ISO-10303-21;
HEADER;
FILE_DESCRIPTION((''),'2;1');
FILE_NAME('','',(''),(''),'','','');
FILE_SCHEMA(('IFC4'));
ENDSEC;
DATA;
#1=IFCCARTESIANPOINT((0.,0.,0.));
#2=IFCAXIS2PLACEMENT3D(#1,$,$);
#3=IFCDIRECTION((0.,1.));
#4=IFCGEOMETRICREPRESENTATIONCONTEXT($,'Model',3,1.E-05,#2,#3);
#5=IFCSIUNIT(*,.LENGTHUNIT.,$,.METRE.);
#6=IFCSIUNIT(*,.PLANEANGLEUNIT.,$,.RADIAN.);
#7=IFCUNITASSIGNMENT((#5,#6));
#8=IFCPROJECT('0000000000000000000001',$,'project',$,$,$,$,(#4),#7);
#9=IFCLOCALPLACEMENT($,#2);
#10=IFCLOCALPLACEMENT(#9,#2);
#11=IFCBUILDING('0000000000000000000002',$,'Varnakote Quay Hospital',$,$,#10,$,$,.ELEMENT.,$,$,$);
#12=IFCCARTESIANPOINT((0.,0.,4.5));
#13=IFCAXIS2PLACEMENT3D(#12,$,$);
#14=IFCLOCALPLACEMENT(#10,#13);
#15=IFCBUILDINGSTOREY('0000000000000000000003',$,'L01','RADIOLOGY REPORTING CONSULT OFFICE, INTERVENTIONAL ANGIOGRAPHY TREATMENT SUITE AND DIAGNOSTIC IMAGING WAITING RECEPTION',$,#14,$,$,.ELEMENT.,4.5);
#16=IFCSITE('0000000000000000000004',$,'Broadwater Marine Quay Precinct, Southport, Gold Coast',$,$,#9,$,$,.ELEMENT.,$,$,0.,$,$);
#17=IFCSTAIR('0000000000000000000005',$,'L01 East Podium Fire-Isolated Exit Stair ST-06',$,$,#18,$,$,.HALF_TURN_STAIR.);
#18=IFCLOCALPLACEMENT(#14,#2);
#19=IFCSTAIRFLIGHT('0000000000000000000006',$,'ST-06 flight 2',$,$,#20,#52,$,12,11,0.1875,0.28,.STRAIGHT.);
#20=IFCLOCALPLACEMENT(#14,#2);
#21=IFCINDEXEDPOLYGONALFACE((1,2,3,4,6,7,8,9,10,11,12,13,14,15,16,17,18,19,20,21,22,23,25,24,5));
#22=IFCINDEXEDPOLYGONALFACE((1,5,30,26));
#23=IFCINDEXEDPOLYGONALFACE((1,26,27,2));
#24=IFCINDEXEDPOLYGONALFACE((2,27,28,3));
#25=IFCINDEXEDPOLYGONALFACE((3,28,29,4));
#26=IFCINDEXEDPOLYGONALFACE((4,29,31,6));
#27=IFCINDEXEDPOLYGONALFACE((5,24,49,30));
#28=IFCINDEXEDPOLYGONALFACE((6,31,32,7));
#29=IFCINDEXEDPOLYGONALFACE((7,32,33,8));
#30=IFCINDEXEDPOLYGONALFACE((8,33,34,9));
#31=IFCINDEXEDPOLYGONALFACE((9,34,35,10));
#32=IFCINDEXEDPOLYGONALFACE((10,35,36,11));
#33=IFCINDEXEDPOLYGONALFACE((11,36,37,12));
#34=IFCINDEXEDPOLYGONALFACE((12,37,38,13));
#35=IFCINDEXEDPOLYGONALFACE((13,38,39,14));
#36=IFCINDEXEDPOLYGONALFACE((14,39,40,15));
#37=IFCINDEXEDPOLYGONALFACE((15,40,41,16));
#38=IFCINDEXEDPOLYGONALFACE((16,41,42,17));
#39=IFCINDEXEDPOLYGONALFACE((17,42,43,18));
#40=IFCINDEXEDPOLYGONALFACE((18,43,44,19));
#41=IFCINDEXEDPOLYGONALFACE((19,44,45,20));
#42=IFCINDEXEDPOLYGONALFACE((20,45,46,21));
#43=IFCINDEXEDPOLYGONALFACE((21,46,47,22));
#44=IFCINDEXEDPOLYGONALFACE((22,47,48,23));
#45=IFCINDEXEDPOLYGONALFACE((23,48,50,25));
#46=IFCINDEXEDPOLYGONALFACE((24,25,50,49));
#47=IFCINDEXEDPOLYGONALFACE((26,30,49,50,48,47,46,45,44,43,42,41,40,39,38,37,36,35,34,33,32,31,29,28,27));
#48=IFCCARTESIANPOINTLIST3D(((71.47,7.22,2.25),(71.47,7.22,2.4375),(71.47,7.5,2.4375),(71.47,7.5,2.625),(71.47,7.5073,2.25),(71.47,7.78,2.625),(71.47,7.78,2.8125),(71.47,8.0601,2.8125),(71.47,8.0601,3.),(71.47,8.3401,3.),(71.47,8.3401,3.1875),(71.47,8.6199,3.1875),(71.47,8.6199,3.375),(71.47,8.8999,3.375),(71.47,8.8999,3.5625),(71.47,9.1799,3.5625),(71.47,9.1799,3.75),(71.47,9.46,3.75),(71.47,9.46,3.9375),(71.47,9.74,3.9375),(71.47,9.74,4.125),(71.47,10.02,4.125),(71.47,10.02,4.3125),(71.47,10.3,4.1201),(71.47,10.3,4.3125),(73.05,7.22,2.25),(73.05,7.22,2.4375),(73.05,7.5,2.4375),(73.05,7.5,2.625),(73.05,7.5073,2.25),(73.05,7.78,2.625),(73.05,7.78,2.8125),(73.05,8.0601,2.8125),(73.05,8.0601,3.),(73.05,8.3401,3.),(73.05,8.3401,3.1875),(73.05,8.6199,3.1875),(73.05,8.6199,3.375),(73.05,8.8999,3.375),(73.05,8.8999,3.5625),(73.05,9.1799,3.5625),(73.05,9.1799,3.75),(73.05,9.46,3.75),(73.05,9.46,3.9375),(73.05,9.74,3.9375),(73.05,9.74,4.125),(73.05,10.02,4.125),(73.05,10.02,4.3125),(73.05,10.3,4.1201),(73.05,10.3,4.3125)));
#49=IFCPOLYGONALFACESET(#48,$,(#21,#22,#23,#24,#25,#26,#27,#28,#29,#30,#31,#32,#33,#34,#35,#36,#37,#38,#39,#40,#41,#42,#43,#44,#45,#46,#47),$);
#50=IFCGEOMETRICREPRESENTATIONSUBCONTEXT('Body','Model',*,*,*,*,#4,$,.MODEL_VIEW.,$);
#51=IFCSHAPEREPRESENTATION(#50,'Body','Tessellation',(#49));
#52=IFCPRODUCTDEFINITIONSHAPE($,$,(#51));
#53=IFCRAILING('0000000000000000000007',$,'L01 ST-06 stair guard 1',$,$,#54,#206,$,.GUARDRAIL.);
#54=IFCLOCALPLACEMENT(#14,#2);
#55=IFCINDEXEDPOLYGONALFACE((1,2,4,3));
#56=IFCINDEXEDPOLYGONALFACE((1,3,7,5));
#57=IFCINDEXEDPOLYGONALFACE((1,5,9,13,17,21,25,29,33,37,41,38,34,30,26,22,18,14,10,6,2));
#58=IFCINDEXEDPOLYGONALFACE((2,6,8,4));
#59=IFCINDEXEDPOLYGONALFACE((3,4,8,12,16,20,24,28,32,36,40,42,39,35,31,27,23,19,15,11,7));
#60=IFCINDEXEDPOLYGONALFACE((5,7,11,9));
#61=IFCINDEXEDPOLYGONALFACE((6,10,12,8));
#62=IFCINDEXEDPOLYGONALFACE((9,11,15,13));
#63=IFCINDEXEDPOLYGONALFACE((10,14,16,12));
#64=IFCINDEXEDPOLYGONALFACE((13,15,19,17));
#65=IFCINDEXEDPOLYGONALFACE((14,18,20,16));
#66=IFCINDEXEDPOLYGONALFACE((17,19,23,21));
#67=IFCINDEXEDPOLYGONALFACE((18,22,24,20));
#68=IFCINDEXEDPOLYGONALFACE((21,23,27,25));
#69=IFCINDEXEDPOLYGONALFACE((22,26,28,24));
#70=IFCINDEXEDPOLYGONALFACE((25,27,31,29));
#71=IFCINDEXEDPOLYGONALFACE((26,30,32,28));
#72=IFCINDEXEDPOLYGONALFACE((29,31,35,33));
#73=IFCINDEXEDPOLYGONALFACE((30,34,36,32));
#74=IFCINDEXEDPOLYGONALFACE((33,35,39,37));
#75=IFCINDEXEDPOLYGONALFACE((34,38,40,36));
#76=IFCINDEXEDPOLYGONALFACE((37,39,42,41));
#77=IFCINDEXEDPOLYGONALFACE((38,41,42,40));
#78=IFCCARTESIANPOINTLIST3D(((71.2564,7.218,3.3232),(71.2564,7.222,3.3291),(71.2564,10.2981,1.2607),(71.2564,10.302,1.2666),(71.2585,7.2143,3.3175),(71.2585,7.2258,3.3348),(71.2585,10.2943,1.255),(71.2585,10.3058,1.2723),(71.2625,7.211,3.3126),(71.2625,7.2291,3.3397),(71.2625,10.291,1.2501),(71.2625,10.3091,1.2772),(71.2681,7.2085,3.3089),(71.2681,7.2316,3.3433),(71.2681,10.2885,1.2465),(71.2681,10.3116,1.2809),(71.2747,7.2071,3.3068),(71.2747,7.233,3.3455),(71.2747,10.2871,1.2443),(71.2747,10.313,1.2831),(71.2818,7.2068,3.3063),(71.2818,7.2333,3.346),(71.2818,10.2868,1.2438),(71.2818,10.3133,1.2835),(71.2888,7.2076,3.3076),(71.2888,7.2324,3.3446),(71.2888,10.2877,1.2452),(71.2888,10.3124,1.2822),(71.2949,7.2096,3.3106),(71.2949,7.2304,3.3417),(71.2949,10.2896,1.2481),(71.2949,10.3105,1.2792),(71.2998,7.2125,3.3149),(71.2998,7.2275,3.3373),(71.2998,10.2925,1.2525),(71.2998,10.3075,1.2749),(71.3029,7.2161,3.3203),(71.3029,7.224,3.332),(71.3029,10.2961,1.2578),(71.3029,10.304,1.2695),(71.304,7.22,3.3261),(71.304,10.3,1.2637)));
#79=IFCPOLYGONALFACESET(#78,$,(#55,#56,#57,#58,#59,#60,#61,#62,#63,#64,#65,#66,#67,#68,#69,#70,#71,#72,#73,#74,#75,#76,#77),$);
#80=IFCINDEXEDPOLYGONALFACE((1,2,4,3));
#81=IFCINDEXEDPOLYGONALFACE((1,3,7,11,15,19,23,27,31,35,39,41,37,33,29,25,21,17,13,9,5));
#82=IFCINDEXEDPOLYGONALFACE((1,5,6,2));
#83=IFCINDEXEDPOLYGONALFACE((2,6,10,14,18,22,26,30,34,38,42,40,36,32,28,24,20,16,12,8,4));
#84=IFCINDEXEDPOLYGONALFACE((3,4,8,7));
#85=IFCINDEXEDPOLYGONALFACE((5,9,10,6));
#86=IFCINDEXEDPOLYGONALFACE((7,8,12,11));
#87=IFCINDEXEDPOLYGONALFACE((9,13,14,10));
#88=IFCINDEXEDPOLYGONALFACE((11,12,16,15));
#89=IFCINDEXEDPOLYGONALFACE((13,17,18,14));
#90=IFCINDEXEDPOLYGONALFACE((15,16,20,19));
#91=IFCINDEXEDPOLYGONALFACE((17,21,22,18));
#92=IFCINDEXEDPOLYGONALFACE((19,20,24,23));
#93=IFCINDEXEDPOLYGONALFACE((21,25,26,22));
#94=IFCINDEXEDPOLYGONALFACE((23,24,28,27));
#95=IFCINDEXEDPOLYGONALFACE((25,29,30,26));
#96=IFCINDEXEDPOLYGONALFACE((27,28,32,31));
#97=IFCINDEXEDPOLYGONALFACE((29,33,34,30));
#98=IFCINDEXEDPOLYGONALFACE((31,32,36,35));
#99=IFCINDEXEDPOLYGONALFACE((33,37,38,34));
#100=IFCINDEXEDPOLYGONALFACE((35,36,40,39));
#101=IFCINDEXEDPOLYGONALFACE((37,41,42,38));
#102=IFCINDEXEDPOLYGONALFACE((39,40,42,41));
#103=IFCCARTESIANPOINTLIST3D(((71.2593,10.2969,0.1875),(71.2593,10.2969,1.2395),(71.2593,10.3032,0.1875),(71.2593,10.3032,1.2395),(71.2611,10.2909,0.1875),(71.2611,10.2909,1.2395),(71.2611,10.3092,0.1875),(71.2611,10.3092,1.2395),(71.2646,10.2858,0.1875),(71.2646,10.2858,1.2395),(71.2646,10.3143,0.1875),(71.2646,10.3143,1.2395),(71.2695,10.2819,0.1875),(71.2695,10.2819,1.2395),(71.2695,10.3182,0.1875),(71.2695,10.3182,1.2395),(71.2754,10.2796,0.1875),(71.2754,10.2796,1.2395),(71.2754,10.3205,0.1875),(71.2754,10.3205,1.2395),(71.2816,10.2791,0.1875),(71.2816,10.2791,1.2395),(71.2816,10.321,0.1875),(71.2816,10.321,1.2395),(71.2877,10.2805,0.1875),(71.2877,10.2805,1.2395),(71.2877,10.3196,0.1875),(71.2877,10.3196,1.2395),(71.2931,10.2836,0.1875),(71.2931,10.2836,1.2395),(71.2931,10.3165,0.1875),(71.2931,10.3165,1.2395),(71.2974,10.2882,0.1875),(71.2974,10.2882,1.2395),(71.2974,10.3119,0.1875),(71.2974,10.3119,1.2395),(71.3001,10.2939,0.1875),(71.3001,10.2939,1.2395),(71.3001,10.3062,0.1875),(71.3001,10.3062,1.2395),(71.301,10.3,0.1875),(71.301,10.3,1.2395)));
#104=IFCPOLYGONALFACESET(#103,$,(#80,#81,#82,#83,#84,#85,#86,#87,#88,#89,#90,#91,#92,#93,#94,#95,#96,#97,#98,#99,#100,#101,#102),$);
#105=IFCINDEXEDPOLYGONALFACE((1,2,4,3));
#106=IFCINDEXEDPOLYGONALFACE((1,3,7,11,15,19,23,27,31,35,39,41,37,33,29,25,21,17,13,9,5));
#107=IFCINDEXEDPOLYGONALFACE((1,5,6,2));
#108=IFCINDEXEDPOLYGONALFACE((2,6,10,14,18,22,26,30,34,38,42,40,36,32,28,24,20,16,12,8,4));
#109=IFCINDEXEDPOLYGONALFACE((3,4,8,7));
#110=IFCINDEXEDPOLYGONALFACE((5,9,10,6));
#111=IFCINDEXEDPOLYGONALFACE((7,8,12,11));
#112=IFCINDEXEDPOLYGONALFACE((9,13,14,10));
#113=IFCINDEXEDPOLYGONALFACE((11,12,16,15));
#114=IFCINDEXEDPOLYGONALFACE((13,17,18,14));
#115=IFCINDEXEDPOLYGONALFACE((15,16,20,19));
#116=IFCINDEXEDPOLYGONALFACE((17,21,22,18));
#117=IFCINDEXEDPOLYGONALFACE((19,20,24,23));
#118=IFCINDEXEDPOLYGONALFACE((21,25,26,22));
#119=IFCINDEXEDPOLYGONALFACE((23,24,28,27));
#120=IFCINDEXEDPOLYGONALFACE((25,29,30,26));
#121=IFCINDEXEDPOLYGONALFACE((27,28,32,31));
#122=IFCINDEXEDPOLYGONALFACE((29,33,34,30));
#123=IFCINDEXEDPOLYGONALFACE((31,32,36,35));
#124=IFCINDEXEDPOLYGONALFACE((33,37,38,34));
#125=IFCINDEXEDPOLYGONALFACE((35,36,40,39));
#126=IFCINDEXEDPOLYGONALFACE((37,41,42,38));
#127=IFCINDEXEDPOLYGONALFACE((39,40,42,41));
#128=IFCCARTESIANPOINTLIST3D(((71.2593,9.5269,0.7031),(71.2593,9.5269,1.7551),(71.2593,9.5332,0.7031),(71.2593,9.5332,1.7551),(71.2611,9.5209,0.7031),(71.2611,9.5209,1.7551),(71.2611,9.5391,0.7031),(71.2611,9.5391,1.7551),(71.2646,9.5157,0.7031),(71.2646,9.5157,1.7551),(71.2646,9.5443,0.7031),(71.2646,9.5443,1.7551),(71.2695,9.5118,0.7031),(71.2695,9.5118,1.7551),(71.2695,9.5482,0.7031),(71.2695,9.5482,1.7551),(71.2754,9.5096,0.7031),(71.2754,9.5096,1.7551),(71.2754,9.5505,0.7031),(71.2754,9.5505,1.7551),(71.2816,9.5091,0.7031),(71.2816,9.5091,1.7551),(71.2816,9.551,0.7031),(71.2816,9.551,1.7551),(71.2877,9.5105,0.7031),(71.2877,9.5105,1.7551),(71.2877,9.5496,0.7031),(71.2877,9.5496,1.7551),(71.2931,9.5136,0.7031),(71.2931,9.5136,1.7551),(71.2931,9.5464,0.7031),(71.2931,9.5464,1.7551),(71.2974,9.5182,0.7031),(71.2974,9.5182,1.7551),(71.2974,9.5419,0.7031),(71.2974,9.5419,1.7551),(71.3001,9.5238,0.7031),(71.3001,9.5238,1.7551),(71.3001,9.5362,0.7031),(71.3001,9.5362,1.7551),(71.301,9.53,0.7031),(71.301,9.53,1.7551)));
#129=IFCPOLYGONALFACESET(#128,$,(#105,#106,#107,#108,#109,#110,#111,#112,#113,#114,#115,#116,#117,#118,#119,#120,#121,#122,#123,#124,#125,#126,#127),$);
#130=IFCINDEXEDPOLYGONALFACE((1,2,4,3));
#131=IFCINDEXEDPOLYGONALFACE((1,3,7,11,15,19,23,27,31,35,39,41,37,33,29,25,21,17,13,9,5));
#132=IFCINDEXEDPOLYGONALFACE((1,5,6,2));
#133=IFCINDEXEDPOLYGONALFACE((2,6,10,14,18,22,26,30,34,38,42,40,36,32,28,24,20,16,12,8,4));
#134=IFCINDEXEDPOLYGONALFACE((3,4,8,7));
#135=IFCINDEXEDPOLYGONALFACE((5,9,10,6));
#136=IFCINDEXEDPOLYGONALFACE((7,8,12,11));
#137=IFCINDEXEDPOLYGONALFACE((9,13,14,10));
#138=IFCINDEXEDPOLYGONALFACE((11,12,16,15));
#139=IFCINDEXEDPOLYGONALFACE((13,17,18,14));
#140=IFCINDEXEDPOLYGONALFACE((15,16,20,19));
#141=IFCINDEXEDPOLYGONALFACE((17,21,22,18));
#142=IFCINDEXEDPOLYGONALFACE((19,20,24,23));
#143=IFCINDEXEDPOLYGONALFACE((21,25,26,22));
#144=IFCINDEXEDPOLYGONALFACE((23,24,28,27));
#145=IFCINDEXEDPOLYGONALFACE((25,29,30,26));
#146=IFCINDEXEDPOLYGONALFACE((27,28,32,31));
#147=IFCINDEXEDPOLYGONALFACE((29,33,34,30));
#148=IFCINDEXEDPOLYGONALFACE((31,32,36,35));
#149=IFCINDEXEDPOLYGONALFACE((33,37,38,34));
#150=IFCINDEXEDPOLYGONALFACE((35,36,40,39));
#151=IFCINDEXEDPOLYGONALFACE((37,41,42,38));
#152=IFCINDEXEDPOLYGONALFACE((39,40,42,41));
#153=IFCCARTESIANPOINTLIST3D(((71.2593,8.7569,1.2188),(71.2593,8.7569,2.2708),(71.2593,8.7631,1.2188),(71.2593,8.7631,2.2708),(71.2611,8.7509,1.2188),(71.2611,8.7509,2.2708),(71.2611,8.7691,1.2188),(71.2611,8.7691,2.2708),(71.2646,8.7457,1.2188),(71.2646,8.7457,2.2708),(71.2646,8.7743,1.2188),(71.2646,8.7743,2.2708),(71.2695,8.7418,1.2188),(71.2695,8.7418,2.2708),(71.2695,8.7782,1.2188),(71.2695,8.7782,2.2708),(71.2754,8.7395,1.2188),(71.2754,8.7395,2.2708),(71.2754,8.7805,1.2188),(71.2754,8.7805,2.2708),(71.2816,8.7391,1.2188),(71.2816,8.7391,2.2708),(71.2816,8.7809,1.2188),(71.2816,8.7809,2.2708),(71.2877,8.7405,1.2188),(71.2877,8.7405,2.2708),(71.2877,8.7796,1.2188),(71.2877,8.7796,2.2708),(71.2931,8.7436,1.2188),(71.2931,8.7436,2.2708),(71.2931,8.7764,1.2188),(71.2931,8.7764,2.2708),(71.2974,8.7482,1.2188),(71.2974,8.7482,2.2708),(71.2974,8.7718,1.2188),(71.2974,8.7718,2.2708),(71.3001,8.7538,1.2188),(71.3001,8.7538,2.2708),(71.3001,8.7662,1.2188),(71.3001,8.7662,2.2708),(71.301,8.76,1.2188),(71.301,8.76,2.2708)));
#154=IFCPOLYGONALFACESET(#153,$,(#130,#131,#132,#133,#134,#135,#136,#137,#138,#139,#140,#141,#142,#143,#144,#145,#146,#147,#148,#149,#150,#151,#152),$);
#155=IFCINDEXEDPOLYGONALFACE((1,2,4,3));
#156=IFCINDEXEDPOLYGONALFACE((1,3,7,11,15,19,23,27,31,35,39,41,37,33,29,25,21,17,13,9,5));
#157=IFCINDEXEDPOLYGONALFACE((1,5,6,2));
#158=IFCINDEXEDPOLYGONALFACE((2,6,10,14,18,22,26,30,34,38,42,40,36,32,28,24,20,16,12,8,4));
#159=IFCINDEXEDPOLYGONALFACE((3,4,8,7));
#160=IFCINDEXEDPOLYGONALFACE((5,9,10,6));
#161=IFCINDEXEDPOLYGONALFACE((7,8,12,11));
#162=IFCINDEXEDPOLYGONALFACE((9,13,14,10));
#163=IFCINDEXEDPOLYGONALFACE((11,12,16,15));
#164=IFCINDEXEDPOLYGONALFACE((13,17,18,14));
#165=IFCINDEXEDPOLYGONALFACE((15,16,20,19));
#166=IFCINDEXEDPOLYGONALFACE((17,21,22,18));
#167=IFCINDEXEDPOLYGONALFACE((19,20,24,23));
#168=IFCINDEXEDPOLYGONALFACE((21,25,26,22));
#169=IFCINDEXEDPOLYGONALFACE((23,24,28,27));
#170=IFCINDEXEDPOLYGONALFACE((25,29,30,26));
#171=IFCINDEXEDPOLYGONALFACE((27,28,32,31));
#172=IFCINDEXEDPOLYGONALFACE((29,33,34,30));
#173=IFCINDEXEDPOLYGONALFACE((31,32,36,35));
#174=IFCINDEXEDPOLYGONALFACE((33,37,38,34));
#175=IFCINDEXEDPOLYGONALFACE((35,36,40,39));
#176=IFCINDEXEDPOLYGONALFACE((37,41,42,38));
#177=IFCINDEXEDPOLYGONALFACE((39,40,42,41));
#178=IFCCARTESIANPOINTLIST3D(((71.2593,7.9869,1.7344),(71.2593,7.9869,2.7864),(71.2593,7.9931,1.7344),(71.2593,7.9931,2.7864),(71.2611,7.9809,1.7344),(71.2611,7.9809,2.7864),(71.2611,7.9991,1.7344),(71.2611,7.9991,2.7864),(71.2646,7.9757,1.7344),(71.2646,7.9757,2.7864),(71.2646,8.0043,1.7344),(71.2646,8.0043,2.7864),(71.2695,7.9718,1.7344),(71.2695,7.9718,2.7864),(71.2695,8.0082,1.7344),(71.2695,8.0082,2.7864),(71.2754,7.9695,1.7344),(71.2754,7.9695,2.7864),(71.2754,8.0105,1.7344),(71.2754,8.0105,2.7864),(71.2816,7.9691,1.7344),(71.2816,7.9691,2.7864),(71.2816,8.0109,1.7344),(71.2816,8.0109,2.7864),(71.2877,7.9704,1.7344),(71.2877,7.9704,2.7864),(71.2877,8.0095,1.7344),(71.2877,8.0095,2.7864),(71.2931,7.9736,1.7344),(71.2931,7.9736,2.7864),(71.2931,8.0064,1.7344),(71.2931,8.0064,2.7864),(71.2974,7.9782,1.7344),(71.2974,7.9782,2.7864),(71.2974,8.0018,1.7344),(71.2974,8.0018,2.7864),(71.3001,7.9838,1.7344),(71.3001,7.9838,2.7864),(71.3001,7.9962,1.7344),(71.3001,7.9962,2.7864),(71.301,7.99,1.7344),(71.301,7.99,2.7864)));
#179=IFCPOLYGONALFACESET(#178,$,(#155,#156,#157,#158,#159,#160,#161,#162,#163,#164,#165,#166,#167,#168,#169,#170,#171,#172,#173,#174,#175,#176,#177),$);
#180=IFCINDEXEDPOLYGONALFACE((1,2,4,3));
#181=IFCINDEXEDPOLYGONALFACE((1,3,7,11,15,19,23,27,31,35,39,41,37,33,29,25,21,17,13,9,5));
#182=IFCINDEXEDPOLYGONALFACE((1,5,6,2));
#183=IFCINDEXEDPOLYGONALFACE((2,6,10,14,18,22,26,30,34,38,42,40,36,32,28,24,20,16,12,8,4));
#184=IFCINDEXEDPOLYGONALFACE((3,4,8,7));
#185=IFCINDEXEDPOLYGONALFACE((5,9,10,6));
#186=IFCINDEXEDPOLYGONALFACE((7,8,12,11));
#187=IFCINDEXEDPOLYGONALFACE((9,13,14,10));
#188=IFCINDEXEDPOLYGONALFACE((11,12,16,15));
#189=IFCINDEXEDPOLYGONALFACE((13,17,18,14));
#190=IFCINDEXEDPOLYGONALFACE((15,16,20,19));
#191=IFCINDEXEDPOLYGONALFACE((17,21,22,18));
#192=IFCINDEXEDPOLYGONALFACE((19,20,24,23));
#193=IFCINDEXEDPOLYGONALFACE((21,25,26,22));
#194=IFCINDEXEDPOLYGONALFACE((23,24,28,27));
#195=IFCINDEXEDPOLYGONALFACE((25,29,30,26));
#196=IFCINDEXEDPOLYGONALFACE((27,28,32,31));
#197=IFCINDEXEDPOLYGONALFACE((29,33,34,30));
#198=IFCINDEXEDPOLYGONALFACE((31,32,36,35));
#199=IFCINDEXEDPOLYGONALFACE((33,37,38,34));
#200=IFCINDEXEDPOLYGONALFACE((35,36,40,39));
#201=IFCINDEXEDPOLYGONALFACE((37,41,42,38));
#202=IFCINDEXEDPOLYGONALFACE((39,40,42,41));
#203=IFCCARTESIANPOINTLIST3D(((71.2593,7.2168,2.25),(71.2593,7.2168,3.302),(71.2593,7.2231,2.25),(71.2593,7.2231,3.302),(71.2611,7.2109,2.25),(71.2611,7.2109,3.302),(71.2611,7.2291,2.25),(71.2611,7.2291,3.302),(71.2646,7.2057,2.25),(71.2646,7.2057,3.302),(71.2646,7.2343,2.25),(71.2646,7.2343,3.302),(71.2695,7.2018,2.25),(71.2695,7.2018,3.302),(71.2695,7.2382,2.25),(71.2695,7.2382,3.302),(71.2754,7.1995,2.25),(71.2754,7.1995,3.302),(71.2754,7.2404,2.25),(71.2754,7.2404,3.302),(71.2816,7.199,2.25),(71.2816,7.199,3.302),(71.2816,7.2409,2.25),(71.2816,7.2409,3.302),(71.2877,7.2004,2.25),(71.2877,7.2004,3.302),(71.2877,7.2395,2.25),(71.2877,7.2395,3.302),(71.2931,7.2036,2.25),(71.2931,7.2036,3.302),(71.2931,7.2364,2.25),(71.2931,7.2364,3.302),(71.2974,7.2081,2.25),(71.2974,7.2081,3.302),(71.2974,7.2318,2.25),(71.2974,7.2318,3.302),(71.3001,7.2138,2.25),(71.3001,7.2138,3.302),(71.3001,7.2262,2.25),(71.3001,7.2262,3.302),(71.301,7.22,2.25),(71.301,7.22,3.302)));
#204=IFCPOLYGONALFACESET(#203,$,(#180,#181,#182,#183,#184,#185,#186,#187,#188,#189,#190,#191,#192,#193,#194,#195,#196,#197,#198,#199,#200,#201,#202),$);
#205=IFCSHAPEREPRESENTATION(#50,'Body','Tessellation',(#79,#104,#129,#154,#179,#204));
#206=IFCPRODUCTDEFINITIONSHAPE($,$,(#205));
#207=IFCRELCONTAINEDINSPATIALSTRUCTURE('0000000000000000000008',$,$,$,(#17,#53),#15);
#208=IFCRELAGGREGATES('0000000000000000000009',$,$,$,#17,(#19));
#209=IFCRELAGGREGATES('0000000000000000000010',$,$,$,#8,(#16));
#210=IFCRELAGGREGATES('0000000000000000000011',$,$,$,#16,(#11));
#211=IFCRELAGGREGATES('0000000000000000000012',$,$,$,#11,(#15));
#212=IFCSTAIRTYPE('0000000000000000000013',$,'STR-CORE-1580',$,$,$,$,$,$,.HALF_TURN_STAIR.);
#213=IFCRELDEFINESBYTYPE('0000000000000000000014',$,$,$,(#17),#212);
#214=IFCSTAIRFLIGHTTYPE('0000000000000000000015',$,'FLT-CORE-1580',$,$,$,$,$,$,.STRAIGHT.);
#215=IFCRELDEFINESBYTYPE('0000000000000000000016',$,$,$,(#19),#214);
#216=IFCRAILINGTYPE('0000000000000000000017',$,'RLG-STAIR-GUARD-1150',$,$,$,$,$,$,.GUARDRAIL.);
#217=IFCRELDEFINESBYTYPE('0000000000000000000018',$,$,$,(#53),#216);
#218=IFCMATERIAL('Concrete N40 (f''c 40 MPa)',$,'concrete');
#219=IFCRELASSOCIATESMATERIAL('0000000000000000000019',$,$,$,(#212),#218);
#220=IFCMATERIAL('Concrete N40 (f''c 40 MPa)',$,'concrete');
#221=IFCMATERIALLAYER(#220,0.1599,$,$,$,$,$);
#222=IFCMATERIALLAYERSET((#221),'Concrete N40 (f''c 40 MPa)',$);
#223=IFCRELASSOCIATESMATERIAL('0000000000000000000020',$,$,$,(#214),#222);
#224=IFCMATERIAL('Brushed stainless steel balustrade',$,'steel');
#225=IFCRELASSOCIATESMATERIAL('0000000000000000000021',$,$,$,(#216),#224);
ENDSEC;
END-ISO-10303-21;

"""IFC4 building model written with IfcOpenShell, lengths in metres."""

from ifc_helpers import new_model, si_unit, direction, frame, origin, origin_2d, place, context, subcontext, project, spatial, polyline, circle, outline, extrude, material, layer, layer_set, type_object, element, aggregate, save


model = new_model("IFC4")

# Units and contexts
model_context = context("Model", 3, precision=1e-05, world=origin(), true_north=direction((0.0, 1.0)))
body_context = subcontext(model_context, "Body", "Model", "MODEL_VIEW")
ifc_project = project(units=[si_unit("LENGTHUNIT", "METRE"), si_unit("PLANEANGLEUNIT", "RADIAN")], contexts=[model_context])

# Site, building, storey
site_placement = place(None, origin())
site = spatial("IfcSite", under=ifc_project, at=site_placement, Name="Broadwater Marine Quay Precinct, Southport, Gold Coast", CompositionType="ELEMENT", RefElevation=0.0)
building_placement = place(site_placement, origin())
building = spatial("IfcBuilding", under=site, at=building_placement, Name="Varnakote Quay Hospital", CompositionType="ELEMENT")
storey_placement = place(building_placement, frame((0.0, 0.0, 4.5)))
storey = spatial("IfcBuildingStorey", under=building, at=storey_placement, Name="L01", Description="RADIOLOGY REPORTING CONSULT OFFICE, INTERVENTIONAL ANGIOGRAPHY TREATMENT SUITE AND DIAGNOSTIC IMAGING WAITING RECEPTION", CompositionType="ELEMENT", Elevation=4.5)

# Stair, stair flight
ifc_material_1 = material(Name="Concrete N40 (f'c 40 MPa)", Category="concrete")
stair_type = type_object("IfcStairType", Name="STR-CORE-1580", PredefinedType="HALF_TURN_STAIR", material=ifc_material_1)
stair_placement = place(storey_placement, origin())
stair = element("IfcStair", 1, at=stair_placement, inside=storey, type_object=stair_type, Name="L01 East Podium Fire-Isolated Exit Stair ST-06", PredefinedType="HALF_TURN_STAIR")
ifc_material_2 = material(Name="Concrete N40 (f'c 40 MPa)", Category="concrete")
ifc_layer_1 = layer(ifc_material_2, 0.1599)
ifc_layer_set_1 = layer_set([ifc_layer_1], Name="Concrete N40 (f'c 40 MPa)")
stair_flight_type = type_object("IfcStairFlightType", Name="FLT-CORE-1580", PredefinedType="STRAIGHT", material=ifc_layer_set_1)
stair_flight_1_placement = place(storey_placement, frame((72.26, 7.22, 2.25), z_axis=(0.0, 0.0, 1.0), x_axis=(0.0, 1.0, 0.0)))
stair_flight_1 = element("IfcStairFlight", 2, at=stair_flight_1_placement, type_object=stair_flight_type, Name="ST-06 flight 2", NumberOfRisers=12, NumberOfTreads=11, PredefinedType="STRAIGHT", RiserHeight=0.1875, TreadLength=0.28, context=body_context, shape_type="SweptSolid", body=[
    extrude(outline(polyline([(0.0, 0.0), (0.0, 0.1875), (0.28, 0.1875), (0.28, 0.375), (0.5601, 0.375), (0.5601, 0.5625), (0.8401, 0.5625), (0.8401, 0.75), (1.1201, 0.75), (1.1201, 0.9375), (1.3999, 0.9375), (1.3999, 1.125), (1.6799, 1.125), (1.6799, 1.3125), (1.96, 1.3125), (1.96, 1.5), (2.24, 1.5), (2.24, 1.6875), (2.52, 1.6875), (2.52, 1.875), (2.8, 1.875), (2.8, 2.0625), (3.0801, 2.0625), (3.0801, 2.25), (3.0801, 1.8701), (0.2874, 0.0), (0.0, 0.0)])), frame((0.0, 0.79, 0.0), z_axis=(0.0, -1.0, 0.0), x_axis=(1.0, 0.0, 0.0)), (0.0, 0.0, 1.0), 1.5801),
])
aggregate(stair, [stair_flight_1])

# Railing
ifc_material_3 = material(Name="Brushed stainless steel balustrade", Category="steel")
railing_type_1 = type_object("IfcRailingType", Name="RLG-STAIR-GUARD-1150", PredefinedType="GUARDRAIL", material=ifc_material_3)
railing_1_placement = place(storey_placement, frame((71.28, 10.3, 0.1875)))
element("IfcRailing", 3, at=railing_1_placement, inside=storey, type_object=railing_type_1, Name="L01 ST-06 stair guard 1", PredefinedType="GUARDRAIL", context=body_context, shape_type="SweptSolid", body=[
    extrude(circle(Radius=0.0239, at=origin_2d()), frame((0.0, 0.0, 1.0762), z_axis=(0.0, -0.830914, 0.556401), x_axis=(1.0, 0.0, 0.0)), (0.0, 0.0, 1.0), 3.7068),
    extrude(circle(Radius=0.021, at=origin_2d()), origin(), (0.0, 0.0, 1.0), 1.052),
    extrude(circle(Radius=0.021, at=origin_2d()), frame((0.0, -0.77, 0.5156)), (0.0, 0.0, 1.0), 1.052),
    extrude(circle(Radius=0.021, at=origin_2d()), frame((0.0, -1.54, 1.0312)), (0.0, 0.0, 1.0), 1.052),
    extrude(circle(Radius=0.021, at=origin_2d()), frame((0.0, -2.3101, 1.5469)), (0.0, 0.0, 1.0), 1.052),
    extrude(circle(Radius=0.021, at=origin_2d()), frame((0.0, -3.0801, 2.0625)), (0.0, 0.0, 1.0), 1.052),
])

save(model, "model.ifc")
